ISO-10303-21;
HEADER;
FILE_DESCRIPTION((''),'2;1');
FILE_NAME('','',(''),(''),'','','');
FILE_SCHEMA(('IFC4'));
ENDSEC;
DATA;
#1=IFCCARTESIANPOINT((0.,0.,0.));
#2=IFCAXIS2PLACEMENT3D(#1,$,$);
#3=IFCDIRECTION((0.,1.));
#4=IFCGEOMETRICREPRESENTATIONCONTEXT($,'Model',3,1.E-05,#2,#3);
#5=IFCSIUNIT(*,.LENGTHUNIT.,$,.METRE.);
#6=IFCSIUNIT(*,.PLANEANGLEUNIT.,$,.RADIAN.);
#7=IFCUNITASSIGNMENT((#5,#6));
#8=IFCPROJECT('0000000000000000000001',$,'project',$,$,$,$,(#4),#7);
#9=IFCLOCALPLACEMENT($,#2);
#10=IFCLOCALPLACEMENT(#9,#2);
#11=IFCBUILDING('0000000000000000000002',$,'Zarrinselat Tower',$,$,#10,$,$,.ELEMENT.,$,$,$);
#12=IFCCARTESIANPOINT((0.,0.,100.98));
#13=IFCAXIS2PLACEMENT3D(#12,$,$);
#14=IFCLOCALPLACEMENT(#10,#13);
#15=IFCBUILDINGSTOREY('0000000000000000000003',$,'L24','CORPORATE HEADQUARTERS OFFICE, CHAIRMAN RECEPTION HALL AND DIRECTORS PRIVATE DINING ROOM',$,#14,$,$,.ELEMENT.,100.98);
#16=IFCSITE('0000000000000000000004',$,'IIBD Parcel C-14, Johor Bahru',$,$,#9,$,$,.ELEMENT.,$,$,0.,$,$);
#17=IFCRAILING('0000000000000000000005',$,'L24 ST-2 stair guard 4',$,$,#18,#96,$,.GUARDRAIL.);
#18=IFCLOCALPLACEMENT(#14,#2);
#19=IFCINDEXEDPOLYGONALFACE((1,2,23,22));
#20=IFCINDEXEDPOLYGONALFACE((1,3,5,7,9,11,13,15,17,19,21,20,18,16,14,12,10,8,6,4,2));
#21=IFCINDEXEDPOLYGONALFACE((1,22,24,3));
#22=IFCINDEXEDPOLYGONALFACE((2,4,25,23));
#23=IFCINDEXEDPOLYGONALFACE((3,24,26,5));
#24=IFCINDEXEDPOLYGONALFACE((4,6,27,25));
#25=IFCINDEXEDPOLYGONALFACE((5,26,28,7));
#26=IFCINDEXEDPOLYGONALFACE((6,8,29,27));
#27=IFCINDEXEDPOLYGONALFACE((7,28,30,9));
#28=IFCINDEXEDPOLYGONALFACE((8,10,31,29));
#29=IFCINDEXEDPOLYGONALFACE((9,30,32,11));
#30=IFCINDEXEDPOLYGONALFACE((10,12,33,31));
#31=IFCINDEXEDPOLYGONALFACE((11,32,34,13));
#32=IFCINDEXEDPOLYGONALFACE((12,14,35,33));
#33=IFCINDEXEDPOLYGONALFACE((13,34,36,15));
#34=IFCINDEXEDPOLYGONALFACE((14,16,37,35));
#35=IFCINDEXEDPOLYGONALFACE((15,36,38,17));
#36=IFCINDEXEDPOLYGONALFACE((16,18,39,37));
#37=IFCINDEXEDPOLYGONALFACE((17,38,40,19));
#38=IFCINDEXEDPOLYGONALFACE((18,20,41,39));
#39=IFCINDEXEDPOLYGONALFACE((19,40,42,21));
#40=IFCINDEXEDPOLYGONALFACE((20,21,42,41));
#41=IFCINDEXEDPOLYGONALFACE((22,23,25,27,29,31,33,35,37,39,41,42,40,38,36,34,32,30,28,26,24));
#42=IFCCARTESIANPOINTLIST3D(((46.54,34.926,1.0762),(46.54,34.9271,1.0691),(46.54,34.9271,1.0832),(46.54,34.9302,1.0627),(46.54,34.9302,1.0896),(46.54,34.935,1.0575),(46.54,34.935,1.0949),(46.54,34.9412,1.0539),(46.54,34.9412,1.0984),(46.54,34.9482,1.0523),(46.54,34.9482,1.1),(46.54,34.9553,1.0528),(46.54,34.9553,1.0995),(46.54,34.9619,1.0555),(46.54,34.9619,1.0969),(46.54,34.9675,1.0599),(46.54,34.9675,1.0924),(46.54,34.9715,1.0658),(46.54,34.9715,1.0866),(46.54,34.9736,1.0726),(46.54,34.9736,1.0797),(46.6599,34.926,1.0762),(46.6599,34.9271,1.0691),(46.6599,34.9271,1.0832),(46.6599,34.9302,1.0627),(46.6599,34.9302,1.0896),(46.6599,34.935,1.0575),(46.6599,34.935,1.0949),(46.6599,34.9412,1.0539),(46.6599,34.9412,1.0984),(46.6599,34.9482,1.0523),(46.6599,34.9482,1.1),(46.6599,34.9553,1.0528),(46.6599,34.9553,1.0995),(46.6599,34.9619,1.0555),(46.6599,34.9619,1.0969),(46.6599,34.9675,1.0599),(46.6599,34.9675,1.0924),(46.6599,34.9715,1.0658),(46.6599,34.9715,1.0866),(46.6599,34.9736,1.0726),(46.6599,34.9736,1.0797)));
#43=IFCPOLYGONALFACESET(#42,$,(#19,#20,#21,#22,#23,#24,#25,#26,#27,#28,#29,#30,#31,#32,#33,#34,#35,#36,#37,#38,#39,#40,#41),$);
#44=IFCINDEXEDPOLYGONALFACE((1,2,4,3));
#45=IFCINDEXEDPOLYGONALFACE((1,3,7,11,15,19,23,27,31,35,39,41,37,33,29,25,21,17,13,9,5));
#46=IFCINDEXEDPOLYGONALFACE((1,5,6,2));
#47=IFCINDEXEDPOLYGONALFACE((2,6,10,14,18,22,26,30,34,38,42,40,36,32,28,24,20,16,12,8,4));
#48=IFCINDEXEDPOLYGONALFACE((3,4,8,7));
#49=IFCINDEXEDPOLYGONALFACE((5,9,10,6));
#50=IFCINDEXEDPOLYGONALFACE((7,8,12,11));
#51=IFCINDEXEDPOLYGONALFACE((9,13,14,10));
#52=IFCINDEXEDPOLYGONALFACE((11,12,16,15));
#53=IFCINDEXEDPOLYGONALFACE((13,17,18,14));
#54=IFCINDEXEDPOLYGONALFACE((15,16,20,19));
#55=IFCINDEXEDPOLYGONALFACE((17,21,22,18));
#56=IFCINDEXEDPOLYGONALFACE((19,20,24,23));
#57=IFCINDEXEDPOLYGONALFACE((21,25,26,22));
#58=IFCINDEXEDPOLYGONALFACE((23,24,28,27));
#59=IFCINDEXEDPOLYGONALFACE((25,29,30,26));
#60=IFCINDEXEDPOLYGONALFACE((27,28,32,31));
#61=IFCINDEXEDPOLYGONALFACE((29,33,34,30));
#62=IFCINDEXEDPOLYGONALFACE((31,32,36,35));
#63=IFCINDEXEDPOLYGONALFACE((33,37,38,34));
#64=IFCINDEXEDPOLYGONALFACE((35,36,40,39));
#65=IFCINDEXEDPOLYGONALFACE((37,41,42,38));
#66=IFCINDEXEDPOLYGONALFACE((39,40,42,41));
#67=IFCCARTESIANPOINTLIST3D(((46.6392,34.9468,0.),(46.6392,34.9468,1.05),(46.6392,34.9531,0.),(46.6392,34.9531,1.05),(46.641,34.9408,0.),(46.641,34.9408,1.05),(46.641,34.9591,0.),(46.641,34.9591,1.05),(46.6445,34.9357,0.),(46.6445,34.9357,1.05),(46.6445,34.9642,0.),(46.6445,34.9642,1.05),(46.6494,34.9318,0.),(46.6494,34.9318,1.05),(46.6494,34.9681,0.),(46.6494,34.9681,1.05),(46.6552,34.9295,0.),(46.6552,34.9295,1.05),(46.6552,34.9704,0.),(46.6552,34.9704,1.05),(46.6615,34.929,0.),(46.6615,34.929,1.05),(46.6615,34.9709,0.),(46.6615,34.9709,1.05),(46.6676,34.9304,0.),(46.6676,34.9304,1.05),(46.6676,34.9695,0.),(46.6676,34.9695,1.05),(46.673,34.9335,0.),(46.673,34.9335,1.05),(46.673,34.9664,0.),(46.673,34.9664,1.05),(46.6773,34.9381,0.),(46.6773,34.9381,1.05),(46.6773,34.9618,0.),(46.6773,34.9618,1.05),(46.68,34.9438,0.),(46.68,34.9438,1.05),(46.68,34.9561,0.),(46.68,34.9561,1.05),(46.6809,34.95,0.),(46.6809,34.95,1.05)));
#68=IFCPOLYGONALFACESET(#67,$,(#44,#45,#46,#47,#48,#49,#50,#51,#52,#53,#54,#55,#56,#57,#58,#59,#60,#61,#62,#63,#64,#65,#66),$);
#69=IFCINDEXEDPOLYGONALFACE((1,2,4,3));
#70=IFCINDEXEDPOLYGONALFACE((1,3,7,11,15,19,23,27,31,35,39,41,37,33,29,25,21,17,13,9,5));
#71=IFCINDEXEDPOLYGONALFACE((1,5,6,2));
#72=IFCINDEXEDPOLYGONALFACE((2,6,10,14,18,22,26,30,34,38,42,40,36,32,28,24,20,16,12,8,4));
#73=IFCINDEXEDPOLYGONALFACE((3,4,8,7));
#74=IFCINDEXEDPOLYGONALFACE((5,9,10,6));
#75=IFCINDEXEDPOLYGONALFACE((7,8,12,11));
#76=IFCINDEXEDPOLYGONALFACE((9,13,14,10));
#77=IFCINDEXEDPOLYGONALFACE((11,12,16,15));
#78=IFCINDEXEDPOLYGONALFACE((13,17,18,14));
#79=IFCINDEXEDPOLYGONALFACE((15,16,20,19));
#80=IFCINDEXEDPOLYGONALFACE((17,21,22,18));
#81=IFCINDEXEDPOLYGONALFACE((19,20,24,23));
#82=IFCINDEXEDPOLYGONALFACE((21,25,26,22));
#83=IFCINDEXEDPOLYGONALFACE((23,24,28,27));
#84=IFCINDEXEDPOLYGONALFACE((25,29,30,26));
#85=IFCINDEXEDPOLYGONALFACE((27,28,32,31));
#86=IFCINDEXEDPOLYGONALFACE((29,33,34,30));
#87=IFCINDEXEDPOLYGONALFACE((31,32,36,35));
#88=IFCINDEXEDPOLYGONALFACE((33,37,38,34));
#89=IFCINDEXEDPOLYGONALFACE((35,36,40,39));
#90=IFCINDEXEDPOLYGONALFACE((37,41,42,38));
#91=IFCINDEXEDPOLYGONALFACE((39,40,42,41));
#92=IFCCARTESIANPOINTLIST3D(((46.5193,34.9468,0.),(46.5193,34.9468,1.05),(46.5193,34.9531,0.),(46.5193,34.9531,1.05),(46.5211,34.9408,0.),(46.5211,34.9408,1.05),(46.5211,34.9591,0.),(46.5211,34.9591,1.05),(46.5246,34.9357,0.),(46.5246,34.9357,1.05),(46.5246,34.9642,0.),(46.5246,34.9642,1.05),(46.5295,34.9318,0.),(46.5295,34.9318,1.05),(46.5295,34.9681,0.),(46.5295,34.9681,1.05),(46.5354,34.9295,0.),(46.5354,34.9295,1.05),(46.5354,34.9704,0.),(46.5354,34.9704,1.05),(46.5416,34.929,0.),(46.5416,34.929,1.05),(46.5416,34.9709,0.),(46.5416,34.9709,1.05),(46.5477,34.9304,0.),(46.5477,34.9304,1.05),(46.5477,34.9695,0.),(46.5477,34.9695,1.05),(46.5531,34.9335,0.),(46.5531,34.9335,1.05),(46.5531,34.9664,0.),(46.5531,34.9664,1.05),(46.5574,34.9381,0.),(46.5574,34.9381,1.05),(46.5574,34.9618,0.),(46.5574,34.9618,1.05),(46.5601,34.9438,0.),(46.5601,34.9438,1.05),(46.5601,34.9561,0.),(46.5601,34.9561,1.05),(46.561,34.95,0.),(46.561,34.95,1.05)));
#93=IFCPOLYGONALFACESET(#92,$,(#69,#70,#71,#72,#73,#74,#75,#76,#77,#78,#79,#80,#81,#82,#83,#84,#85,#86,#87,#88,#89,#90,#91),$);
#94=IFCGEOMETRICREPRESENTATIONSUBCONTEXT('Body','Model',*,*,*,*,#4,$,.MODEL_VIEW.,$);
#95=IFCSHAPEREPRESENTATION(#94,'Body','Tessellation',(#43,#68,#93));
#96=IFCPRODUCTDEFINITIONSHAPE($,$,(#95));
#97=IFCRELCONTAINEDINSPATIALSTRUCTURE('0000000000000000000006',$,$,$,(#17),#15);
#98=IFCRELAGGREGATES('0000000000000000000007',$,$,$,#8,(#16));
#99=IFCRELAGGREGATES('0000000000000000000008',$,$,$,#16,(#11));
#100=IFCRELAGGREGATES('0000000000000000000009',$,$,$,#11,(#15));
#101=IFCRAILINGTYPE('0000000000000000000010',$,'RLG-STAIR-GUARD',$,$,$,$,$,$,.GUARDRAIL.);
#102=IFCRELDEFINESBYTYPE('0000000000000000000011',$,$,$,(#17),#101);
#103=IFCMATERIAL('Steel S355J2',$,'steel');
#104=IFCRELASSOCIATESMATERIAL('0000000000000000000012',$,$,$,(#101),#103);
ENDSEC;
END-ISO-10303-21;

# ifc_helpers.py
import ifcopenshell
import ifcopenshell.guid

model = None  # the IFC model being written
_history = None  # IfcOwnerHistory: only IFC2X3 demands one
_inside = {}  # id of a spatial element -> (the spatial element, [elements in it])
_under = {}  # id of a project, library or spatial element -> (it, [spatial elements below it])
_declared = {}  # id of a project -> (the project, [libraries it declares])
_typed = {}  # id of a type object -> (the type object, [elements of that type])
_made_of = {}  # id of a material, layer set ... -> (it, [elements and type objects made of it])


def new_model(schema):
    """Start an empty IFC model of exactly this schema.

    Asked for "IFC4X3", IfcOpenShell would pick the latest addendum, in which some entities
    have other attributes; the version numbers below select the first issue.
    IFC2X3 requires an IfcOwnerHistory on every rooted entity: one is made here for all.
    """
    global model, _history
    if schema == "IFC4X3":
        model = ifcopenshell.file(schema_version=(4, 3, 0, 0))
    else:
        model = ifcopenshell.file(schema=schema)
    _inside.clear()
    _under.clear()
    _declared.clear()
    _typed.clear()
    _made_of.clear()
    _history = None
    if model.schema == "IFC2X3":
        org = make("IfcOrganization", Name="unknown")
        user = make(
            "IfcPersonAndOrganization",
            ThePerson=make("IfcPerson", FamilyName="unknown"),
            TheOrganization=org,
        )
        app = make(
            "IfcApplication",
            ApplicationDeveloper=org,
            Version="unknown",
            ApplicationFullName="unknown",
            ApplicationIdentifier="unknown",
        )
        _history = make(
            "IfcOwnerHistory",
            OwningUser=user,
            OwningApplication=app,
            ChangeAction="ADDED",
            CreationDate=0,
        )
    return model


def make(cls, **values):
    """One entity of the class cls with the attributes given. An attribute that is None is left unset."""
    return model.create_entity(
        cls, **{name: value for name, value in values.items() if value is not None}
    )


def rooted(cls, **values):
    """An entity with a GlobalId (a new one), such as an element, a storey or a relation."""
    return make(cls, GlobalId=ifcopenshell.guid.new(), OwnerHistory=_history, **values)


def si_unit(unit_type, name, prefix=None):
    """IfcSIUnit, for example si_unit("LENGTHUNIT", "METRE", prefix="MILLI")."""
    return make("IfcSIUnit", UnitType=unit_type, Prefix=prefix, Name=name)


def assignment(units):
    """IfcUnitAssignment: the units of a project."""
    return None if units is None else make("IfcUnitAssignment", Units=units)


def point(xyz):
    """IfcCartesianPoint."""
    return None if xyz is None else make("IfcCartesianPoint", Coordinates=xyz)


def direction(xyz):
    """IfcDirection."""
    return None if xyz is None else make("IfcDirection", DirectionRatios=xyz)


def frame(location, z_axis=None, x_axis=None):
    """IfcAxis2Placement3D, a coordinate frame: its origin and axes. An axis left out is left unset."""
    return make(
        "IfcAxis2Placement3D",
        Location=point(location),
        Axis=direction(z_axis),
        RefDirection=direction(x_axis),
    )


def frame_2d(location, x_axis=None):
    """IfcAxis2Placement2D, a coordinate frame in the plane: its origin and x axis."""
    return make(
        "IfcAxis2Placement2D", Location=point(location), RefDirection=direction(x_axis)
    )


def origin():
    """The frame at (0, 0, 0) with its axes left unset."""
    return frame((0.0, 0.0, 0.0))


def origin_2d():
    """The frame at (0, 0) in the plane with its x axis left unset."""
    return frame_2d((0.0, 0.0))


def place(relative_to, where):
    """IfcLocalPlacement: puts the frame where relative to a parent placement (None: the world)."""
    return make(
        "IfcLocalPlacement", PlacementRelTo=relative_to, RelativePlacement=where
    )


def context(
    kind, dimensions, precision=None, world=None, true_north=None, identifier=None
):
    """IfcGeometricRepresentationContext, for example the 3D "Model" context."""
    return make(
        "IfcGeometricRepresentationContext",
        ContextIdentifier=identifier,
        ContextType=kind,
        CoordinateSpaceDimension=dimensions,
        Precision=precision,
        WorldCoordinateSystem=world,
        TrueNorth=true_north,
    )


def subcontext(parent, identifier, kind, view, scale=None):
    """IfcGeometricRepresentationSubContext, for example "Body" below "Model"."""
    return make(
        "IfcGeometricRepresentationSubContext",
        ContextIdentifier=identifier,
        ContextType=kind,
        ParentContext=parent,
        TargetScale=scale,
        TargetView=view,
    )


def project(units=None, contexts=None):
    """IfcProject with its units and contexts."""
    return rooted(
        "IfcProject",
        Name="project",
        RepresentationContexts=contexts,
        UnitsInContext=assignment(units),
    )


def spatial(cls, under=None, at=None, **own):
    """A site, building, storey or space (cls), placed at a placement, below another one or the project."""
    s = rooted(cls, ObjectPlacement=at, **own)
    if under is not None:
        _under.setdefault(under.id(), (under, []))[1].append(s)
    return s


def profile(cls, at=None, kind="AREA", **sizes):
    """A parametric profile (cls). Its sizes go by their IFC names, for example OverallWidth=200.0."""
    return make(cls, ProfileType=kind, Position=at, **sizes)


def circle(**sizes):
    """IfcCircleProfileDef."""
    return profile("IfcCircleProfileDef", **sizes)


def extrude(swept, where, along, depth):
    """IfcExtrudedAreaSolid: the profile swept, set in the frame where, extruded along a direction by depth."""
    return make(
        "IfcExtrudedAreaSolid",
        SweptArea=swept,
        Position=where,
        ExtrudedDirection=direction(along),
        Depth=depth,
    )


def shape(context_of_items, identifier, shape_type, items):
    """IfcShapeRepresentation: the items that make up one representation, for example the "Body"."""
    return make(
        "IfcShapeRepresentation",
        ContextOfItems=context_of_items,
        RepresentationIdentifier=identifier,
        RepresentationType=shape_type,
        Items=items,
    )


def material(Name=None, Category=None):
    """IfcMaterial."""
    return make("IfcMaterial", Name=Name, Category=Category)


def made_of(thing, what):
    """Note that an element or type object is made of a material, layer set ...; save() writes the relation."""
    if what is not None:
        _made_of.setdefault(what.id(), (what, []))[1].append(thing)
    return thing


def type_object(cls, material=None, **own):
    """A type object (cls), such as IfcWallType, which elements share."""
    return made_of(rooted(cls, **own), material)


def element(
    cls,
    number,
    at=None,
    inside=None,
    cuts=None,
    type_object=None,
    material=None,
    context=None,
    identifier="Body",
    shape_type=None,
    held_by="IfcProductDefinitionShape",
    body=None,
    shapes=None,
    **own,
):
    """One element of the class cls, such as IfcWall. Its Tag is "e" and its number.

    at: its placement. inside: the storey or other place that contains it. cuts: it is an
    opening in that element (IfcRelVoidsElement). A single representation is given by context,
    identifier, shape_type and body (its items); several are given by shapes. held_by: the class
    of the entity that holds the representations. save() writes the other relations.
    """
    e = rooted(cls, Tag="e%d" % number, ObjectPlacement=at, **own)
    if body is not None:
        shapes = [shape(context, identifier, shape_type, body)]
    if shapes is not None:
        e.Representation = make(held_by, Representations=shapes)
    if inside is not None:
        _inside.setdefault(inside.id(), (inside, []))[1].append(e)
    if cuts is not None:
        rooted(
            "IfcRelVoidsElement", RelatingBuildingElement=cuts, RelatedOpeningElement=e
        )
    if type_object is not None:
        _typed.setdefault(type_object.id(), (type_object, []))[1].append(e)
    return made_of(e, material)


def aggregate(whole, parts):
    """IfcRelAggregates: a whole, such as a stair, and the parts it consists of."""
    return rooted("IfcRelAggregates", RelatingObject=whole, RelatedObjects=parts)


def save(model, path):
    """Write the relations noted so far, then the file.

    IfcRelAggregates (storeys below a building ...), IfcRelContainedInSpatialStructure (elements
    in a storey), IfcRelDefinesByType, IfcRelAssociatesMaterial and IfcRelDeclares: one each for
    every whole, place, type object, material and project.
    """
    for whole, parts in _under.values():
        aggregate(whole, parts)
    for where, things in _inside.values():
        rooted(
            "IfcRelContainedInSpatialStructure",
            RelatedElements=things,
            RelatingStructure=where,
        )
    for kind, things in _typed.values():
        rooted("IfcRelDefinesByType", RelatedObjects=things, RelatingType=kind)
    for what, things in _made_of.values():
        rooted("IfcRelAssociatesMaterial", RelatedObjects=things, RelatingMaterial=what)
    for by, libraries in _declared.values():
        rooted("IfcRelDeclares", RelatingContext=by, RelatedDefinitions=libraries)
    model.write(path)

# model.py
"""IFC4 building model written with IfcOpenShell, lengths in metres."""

from ifc_helpers import new_model, si_unit, direction, frame, origin, origin_2d, place, context, subcontext, project, spatial, circle, extrude, material, type_object, element, save


model = new_model("IFC4")

# Units and contexts
model_context = context("Model", 3, precision=1e-05, world=origin(), true_north=direction((0.0, 1.0)))
body_context = subcontext(model_context, "Body", "Model", "MODEL_VIEW")
ifc_project = project(units=[si_unit("LENGTHUNIT", "METRE"), si_unit("PLANEANGLEUNIT", "RADIAN")], contexts=[model_context])

# Site, building, storey
site_placement = place(None, origin())
site = spatial("IfcSite", under=ifc_project, at=site_placement, Name="IIBD Parcel C-14, Johor Bahru", CompositionType="ELEMENT", RefElevation=0.0)
building_placement = place(site_placement, origin())
building = spatial("IfcBuilding", under=site, at=building_placement, Name="Zarrinselat Tower", CompositionType="ELEMENT")
storey_placement = place(building_placement, frame((0.0, 0.0, 100.98)))
storey = spatial("IfcBuildingStorey", under=building, at=storey_placement, Name="L24", Description="CORPORATE HEADQUARTERS OFFICE, CHAIRMAN RECEPTION HALL AND DIRECTORS PRIVATE DINING ROOM", CompositionType="ELEMENT", Elevation=100.98)

# Railing
ifc_material_1 = material(Name="Steel S355J2", Category="steel")
railing_type_1 = type_object("IfcRailingType", Name="RLG-STAIR-GUARD", PredefinedType="GUARDRAIL", material=ifc_material_1)
railing_1_placement = place(storey_placement, frame((46.6599, 34.95, 0.0)))
element("IfcRailing", 1, at=railing_1_placement, inside=storey, type_object=railing_type_1, Name="L24 ST-2 stair guard 4", PredefinedType="GUARDRAIL", context=body_context, shape_type="SweptSolid", body=[
    extrude(circle(Radius=0.0239, at=origin_2d()), frame((0.0, 0.0, 1.0762), z_axis=(-1.0, 0.0, 0.0), x_axis=(0.0, -1.0, 0.0)), (0.0, 0.0, 1.0), 0.1199),
    extrude(circle(Radius=0.021, at=origin_2d()), origin(), (0.0, 0.0, 1.0), 1.05),
    extrude(circle(Radius=0.021, at=origin_2d()), frame((-0.1199, 0.0, 0.0)), (0.0, 0.0, 1.0), 1.05),
])

save(model, "model.ifc")
